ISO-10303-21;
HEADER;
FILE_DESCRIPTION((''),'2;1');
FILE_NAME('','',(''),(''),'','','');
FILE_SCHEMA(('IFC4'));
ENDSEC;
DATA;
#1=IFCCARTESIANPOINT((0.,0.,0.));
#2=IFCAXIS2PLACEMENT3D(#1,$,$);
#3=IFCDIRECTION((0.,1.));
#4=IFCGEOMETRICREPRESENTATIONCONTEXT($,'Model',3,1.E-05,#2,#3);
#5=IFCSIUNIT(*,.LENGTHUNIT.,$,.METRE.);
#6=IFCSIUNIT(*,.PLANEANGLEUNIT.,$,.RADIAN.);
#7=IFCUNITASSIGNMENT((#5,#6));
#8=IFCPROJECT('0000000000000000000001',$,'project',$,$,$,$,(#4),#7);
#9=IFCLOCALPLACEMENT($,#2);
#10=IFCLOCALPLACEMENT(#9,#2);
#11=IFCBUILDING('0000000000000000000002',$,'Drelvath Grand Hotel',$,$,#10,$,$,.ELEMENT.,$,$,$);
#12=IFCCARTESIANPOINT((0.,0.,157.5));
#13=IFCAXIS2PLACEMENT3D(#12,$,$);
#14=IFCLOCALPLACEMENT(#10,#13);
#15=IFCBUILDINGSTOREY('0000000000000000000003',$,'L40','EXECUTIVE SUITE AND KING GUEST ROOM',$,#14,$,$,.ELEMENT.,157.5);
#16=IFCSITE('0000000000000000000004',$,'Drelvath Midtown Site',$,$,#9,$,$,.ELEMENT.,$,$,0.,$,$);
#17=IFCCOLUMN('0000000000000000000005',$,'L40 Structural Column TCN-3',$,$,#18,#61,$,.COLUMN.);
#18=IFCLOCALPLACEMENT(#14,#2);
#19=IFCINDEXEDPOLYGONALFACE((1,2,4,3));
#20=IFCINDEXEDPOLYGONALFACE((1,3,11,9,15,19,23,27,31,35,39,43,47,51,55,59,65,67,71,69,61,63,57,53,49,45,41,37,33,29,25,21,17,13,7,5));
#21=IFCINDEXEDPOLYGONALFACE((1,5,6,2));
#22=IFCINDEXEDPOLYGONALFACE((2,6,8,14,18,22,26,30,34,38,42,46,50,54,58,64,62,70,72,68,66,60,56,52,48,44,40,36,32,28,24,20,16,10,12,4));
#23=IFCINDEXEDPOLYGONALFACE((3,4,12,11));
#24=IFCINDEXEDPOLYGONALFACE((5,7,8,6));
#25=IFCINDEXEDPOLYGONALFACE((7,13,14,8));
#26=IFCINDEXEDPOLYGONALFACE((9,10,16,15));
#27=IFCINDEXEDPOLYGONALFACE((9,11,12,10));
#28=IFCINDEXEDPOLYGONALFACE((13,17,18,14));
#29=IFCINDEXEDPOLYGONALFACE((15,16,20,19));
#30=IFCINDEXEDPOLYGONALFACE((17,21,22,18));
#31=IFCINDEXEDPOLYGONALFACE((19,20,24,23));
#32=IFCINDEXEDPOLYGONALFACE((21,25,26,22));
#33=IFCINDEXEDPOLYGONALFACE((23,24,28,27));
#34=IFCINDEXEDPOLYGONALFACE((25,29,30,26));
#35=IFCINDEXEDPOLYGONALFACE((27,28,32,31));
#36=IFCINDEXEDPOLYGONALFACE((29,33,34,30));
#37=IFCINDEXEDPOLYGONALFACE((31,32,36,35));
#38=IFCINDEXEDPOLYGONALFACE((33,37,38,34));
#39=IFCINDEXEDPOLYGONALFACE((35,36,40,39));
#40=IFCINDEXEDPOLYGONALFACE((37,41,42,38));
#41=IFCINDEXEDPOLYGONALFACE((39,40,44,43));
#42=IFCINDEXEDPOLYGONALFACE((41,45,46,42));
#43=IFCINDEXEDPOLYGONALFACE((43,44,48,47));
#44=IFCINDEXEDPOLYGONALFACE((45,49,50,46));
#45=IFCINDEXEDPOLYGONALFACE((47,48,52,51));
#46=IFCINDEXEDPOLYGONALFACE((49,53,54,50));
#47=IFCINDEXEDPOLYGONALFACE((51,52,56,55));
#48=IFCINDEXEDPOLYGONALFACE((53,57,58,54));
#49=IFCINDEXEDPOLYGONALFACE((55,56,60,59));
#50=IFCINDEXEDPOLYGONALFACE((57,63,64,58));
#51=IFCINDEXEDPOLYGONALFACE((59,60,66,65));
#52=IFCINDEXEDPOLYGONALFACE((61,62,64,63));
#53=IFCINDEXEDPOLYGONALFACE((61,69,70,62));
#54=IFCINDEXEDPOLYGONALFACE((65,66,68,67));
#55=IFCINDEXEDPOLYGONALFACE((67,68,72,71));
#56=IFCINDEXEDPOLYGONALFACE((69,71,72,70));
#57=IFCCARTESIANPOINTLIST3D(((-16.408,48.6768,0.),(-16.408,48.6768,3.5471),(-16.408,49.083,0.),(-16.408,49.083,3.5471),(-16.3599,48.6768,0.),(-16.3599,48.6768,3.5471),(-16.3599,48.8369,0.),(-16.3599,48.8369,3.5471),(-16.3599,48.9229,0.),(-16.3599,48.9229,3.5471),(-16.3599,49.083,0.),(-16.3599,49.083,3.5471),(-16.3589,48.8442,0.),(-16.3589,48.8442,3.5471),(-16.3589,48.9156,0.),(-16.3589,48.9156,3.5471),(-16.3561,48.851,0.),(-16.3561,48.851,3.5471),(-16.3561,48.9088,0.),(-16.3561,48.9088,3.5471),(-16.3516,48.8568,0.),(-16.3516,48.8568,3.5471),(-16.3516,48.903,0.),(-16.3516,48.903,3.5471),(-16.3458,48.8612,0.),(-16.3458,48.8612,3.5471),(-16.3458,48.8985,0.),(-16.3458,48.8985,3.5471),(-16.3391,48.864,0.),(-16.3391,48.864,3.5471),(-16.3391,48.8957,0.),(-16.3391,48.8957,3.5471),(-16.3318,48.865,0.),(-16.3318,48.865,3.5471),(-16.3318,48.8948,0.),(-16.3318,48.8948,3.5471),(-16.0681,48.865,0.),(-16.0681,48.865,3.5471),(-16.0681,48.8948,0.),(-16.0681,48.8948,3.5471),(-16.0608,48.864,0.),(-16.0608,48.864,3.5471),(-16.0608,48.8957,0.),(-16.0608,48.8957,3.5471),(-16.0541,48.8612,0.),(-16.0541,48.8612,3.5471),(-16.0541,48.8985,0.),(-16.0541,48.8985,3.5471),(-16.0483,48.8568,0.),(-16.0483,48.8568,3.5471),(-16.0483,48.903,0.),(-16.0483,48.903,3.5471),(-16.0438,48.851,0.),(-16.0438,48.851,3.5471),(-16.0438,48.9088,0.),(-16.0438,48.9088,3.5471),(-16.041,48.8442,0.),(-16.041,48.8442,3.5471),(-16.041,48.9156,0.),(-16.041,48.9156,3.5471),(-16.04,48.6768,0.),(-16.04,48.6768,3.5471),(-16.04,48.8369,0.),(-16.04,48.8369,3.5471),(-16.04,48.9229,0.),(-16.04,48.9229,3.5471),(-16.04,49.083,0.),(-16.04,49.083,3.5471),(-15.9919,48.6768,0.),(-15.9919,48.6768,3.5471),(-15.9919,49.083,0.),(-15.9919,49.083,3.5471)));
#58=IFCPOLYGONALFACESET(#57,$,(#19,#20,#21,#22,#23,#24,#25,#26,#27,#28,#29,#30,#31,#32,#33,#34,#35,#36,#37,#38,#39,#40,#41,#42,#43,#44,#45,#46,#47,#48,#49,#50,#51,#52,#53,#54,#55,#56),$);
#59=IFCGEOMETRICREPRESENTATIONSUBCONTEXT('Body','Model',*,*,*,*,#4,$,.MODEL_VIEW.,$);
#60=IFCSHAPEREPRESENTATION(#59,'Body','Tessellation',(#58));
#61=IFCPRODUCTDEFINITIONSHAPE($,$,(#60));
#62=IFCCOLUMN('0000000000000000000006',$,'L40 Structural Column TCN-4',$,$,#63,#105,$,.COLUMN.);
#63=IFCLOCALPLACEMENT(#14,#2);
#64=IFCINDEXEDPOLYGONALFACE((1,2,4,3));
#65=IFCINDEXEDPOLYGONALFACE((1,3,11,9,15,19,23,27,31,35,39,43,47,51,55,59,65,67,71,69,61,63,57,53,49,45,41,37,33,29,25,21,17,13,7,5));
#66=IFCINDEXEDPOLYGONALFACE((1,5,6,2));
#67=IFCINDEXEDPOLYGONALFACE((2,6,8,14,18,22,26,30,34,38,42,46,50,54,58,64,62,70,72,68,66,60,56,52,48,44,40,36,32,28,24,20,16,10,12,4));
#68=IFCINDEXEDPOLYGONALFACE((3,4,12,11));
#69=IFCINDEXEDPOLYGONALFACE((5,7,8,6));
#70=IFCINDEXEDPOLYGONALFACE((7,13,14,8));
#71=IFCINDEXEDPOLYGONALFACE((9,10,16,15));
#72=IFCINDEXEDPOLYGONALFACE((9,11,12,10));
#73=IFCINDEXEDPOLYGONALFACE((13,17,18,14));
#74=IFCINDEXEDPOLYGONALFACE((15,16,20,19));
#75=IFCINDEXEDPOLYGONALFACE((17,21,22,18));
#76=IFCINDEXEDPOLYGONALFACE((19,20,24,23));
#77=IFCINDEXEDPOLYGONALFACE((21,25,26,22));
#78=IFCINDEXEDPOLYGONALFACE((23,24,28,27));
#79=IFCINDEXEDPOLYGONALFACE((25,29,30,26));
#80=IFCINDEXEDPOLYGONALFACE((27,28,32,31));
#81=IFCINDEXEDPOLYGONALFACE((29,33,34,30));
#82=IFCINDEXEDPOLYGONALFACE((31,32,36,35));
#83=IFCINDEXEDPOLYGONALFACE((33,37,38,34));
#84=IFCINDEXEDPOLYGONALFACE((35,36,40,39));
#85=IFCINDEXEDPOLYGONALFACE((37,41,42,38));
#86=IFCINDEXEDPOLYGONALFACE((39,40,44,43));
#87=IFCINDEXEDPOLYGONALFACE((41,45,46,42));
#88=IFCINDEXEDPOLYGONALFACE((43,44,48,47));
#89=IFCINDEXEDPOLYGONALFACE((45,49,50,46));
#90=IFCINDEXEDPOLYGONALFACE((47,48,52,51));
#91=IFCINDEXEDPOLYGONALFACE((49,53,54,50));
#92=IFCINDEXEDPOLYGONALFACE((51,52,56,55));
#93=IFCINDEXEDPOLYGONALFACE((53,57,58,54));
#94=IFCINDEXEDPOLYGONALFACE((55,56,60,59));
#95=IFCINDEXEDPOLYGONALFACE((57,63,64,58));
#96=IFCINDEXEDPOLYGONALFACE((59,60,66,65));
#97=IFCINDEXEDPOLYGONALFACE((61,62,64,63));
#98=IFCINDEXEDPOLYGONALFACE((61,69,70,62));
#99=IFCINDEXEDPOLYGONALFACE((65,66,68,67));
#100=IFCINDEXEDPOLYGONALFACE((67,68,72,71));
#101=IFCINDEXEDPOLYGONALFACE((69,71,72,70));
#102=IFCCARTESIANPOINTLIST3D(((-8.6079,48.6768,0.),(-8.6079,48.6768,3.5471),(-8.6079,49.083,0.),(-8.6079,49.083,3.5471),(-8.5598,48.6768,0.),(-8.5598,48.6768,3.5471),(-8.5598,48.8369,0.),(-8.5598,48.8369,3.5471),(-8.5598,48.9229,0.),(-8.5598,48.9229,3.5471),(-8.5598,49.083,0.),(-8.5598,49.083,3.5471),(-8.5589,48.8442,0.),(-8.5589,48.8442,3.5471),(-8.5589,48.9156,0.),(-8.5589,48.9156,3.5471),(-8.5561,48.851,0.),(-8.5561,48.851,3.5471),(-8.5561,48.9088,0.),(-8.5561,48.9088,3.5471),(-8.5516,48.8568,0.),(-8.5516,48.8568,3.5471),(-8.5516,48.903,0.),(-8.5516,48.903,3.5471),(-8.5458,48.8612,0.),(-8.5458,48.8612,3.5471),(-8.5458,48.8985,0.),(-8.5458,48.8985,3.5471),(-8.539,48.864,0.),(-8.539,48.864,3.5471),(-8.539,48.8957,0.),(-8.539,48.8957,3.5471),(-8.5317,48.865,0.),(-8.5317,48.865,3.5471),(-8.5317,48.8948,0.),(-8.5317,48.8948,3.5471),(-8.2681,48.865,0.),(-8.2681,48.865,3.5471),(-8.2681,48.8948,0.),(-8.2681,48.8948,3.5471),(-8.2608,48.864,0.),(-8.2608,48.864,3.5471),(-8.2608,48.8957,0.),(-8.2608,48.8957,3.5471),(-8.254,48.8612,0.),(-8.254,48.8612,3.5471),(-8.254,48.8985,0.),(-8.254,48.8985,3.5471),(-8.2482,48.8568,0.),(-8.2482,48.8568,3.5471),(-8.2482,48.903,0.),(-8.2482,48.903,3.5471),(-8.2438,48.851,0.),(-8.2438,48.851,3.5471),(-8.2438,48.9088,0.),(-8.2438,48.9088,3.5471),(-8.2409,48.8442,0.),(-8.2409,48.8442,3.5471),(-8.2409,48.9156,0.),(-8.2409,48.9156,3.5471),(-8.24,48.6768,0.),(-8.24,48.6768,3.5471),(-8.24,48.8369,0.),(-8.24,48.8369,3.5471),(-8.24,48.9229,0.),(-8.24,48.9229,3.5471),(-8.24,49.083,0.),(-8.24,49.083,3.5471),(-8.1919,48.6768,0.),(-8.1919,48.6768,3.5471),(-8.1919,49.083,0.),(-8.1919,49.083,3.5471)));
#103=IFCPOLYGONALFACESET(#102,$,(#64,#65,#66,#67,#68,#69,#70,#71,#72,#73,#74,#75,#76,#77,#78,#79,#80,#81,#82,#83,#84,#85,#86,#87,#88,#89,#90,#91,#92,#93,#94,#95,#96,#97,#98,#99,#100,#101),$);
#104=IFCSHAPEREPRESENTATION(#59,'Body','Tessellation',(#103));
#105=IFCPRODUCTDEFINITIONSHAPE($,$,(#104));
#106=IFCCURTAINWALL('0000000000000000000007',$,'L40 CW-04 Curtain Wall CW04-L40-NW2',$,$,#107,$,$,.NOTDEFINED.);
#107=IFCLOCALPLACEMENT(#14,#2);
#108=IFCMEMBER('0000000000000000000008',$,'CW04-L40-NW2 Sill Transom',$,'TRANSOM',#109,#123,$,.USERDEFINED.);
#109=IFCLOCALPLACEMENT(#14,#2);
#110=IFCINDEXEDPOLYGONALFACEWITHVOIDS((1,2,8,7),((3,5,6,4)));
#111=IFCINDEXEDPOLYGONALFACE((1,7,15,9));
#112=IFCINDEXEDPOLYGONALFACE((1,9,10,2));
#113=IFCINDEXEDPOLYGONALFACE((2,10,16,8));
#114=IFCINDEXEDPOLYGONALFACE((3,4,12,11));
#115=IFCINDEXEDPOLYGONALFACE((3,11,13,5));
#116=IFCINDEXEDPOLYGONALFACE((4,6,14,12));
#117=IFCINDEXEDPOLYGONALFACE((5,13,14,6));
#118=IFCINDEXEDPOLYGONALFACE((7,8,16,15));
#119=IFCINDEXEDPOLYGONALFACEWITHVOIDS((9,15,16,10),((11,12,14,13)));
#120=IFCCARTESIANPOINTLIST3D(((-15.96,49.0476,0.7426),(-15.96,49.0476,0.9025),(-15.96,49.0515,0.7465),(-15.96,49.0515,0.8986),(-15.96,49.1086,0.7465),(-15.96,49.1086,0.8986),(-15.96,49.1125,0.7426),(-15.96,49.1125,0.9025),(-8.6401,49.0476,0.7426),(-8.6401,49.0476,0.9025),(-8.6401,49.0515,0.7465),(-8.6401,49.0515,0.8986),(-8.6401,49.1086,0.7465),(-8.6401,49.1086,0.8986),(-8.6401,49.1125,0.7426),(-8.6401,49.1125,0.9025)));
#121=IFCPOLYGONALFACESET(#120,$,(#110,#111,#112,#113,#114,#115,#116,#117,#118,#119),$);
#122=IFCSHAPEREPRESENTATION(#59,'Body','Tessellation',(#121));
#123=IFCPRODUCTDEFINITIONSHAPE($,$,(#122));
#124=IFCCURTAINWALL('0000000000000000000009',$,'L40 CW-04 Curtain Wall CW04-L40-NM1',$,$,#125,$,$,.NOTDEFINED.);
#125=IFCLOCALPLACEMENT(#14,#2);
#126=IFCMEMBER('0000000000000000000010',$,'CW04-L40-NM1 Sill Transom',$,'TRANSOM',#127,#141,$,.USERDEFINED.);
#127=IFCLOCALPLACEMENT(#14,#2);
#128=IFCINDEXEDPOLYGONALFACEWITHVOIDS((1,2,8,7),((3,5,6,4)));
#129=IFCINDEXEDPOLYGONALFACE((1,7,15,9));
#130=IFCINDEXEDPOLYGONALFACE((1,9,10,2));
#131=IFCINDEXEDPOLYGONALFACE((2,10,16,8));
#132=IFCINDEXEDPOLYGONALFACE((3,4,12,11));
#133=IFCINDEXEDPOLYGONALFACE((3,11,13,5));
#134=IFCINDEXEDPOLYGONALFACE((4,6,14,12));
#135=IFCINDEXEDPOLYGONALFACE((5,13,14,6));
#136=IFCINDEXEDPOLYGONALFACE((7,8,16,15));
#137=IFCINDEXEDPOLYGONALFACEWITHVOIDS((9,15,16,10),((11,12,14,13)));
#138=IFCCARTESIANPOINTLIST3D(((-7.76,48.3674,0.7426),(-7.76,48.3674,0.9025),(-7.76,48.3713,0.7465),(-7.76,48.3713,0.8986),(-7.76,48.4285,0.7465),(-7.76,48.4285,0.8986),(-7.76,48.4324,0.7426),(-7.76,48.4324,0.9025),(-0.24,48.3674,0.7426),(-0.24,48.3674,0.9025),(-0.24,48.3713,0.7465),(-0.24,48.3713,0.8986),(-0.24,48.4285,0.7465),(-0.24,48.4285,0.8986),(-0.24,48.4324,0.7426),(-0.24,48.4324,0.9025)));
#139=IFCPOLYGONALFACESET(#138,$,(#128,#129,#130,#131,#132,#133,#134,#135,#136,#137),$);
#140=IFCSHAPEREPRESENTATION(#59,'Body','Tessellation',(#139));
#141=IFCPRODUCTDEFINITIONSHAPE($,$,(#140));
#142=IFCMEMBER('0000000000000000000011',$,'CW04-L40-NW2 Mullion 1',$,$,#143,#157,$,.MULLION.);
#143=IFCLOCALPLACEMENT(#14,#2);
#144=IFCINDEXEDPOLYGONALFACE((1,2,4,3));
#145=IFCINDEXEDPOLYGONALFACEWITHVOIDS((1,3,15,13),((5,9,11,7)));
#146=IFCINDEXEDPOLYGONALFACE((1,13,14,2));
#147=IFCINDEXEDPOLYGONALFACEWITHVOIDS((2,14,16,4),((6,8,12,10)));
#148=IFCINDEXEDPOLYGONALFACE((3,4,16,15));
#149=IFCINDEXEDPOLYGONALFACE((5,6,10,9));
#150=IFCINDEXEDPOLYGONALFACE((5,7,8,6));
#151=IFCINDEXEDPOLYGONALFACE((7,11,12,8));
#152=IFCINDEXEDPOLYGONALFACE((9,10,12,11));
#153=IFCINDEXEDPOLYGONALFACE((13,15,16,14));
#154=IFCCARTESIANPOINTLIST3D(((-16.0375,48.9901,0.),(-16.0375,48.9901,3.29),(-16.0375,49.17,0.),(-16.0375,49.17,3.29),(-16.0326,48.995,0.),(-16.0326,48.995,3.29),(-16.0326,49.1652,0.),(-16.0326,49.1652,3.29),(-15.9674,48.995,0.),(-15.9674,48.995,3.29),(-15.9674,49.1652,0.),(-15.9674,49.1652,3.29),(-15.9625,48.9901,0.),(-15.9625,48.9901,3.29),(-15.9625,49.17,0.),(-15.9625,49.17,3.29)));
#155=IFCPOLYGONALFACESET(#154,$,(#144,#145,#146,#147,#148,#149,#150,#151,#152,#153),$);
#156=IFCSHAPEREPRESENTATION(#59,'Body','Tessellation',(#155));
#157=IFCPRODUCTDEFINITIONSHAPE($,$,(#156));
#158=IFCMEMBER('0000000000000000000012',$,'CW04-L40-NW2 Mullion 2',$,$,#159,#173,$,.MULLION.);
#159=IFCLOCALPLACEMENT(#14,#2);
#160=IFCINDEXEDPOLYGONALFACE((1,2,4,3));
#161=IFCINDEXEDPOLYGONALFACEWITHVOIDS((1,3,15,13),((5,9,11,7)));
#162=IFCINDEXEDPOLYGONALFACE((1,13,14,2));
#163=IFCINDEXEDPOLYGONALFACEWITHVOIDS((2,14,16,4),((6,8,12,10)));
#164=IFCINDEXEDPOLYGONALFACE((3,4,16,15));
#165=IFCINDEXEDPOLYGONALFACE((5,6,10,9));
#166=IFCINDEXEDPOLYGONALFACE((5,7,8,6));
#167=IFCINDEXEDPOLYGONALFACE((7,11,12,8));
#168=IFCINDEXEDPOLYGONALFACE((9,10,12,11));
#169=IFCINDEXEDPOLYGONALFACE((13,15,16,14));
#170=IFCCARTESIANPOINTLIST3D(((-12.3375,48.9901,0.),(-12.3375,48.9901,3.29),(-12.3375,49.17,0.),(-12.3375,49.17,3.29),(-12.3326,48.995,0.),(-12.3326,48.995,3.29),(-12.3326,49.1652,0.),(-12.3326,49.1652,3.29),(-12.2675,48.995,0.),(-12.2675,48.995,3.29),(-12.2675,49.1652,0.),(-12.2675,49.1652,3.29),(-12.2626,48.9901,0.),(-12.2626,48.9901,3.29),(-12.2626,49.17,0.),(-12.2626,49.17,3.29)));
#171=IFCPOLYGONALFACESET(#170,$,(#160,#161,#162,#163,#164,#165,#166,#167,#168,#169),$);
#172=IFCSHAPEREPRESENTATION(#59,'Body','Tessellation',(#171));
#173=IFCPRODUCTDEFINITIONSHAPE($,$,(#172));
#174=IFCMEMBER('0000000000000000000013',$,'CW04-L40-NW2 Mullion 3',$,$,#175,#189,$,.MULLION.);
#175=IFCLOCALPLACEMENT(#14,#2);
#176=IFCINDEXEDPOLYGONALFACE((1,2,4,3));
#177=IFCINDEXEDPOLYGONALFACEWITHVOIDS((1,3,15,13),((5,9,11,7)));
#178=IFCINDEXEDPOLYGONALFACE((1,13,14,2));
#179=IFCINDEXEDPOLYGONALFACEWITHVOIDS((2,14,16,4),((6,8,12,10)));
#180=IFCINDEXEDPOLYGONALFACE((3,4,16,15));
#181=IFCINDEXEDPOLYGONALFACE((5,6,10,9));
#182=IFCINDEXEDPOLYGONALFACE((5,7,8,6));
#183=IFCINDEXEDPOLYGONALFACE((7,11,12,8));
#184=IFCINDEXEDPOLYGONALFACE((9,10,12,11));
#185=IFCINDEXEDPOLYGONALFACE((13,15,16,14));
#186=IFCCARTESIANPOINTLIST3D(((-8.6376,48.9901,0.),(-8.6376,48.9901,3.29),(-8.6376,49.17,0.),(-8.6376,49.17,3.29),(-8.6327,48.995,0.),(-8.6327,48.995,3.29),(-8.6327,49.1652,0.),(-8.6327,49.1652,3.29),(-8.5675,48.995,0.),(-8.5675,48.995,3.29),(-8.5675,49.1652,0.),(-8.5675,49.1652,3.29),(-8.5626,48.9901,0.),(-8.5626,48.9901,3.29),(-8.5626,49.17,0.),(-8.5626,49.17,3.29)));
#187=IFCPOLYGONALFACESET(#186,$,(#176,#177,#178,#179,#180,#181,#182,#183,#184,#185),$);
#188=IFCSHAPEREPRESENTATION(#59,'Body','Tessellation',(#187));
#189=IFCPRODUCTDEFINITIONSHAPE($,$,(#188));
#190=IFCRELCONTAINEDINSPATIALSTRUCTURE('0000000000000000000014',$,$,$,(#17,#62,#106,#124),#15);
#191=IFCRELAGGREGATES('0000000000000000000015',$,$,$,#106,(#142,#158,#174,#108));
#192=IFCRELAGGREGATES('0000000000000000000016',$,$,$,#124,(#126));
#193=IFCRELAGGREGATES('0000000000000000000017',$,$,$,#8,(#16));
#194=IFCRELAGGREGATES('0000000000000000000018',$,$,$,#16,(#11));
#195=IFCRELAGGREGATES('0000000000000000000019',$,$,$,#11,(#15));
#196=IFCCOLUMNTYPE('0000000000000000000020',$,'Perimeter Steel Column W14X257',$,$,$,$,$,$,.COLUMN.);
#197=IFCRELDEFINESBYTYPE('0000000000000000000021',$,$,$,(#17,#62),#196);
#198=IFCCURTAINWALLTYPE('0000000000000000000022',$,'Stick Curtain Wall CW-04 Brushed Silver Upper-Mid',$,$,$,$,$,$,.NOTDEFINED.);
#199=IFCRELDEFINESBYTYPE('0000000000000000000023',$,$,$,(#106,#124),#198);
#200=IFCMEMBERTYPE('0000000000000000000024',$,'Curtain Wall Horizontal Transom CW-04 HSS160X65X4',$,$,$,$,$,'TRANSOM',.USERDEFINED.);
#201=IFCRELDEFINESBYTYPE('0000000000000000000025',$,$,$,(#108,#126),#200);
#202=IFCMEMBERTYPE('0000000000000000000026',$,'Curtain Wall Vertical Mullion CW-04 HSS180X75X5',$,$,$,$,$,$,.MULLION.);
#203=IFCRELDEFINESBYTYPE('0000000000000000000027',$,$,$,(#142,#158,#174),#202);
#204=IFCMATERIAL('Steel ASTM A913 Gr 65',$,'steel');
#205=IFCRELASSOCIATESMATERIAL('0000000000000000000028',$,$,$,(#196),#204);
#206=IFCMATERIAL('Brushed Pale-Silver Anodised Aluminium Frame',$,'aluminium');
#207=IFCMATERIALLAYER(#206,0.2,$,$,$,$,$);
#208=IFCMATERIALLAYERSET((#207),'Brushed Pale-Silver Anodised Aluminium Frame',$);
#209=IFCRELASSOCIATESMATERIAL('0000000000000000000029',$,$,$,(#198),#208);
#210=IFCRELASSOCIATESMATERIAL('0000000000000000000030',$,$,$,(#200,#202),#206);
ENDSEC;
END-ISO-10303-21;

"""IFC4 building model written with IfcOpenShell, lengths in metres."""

from ifc_helpers import new_model, si_unit, direction, frame, origin, origin_2d, place, context, subcontext, project, spatial, hollow_rectangle, i_section, extrude, material, layer, layer_set, material_profile, profile_set, type_object, element, aggregate, save


model = new_model("IFC4")

# Units and contexts
model_context = context("Model", 3, precision=1e-05, world=origin(), true_north=direction((0.0, 1.0)))
body_context = subcontext(model_context, "Body", "Model", "MODEL_VIEW")
ifc_project = project(units=[si_unit("LENGTHUNIT", "METRE"), si_unit("PLANEANGLEUNIT", "RADIAN")], contexts=[model_context])

# Site, building, storey
site_placement = place(None, origin())
site = spatial("IfcSite", under=ifc_project, at=site_placement, Name="Drelvath Midtown Site", CompositionType="ELEMENT", RefElevation=0.0)
building_placement = place(site_placement, origin())
building = spatial("IfcBuilding", under=site, at=building_placement, Name="Drelvath Grand Hotel", CompositionType="ELEMENT")
storey_placement = place(building_placement, frame((0.0, 0.0, 157.5)))
storey = spatial("IfcBuildingStorey", under=building, at=storey_placement, Name="L40", Description="EXECUTIVE SUITE AND KING GUEST ROOM", CompositionType="ELEMENT", Elevation=157.5)

# Columns
ifc_material_1 = material(Name="Steel ASTM A913 Gr 65", Category="steel")
ifc_material_profile_1 = material_profile(ifc_material_1, i_section(OverallWidth=0.4062, OverallDepth=0.416, WebThickness=0.0298, FlangeThickness=0.0481, FilletRadius=0.0281, at=origin_2d()), Name="W14X257")
ifc_profile_set_1 = profile_set([ifc_material_profile_1], Name="Steel ASTM A913 Gr 65")
column_type = type_object("IfcColumnType", Name="Perimeter Steel Column W14X257", PredefinedType="COLUMN", material=ifc_profile_set_1)
for number, where, z_axis, x_axis, name in (
    (1, (-16.2, 48.8799, 0.0), (0.0, 0.0, 1.0), (0.0, 1.0, 0.0), "L40 Structural Column TCN-3"),
    (2, (-8.3999, 48.8799, 0.0), (0.0, 0.0, 1.0), (0.0, 1.0, 0.0), "L40 Structural Column TCN-4"),
):
    element("IfcColumn", number, at=place(storey_placement, frame(where, z_axis=z_axis, x_axis=x_axis)), inside=storey, type_object=column_type, Name=name, PredefinedType="COLUMN", context=body_context, shape_type="SweptSolid", body=[
        extrude(i_section(OverallWidth=0.4062, OverallDepth=0.416, WebThickness=0.0298, FlangeThickness=0.0481, FilletRadius=0.0281, at=origin_2d()), origin(), (0.0, 0.0, 1.0), 3.5471),
    ])

# Curtain walls, members
ifc_material_2 = material(Name="Brushed Pale-Silver Anodised Aluminium Frame", Category="aluminium")
ifc_layer_1 = layer(ifc_material_2, 0.2)
ifc_layer_set_1 = layer_set([ifc_layer_1], Name="Brushed Pale-Silver Anodised Aluminium Frame")
curtain_wall_type = type_object("IfcCurtainWallType", Name="Stick Curtain Wall CW-04 Brushed Silver Upper-Mid", PredefinedType="NOTDEFINED", material=ifc_layer_set_1)
curtain_wall_1_placement = place(storey_placement, origin())
curtain_wall_1 = element("IfcCurtainWall", 3, at=curtain_wall_1_placement, inside=storey, type_object=curtain_wall_type, Name="L40 CW-04 Curtain Wall CW04-L40-NW2", PredefinedType="NOTDEFINED")
ifc_material_profile_2 = material_profile(ifc_material_2, hollow_rectangle(XDim=0.0649, YDim=0.1599, WallThickness=0.0039, at=origin_2d()), Name="HSS160X65X4")
ifc_profile_set_2 = profile_set([ifc_material_profile_2], Name="Brushed Pale-Silver Anodised Aluminium Frame")
member_type_1 = type_object("IfcMemberType", Name="Curtain Wall Horizontal Transom CW-04 HSS160X65X4", ElementType="TRANSOM", PredefinedType="USERDEFINED", material=ifc_profile_set_2)
member_1_placement = place(storey_placement, frame((-15.96, 49.0801, 0.8225), z_axis=(1.0, 0.0, 0.0), x_axis=(0.0, 1.0, 0.0)))
member_1 = element("IfcMember", 4, at=member_1_placement, type_object=member_type_1, Name="CW04-L40-NW2 Sill Transom", ObjectType="TRANSOM", PredefinedType="USERDEFINED", context=body_context, shape_type="SweptSolid", body=[
    extrude(hollow_rectangle(XDim=0.0649, YDim=0.1599, WallThickness=0.0039, at=origin_2d()), origin(), (0.0, 0.0, 1.0), 7.3198),
])
curtain_wall_2_placement = place(storey_placement, origin())
curtain_wall_2 = element("IfcCurtainWall", 5, at=curtain_wall_2_placement, inside=storey, type_object=curtain_wall_type, Name="L40 CW-04 Curtain Wall CW04-L40-NM1", PredefinedType="NOTDEFINED")
member_2_placement = place(storey_placement, frame((-7.76, 48.3999, 0.8225), z_axis=(1.0, 0.0, 0.0), x_axis=(0.0, 1.0, 0.0)))
member_2 = element("IfcMember", 6, at=member_2_placement, type_object=member_type_1, Name="CW04-L40-NM1 Sill Transom", ObjectType="TRANSOM", PredefinedType="USERDEFINED", context=body_context, shape_type="SweptSolid", body=[
    extrude(hollow_rectangle(XDim=0.0649, YDim=0.1599, WallThickness=0.0039, at=origin_2d()), origin(), (0.0, 0.0, 1.0), 7.52),
])

# Members
ifc_material_profile_3 = material_profile(ifc_material_2, hollow_rectangle(XDim=0.075, YDim=0.1799, WallThickness=0.0049, at=origin_2d()), Name="HSS180X75X5")
ifc_profile_set_3 = profile_set([ifc_material_profile_3], Name="Brushed Pale-Silver Anodised Aluminium Frame")
member_type_2 = type_object("IfcMemberType", Name="Curtain Wall Vertical Mullion CW-04 HSS180X75X5", PredefinedType="MULLION", material=ifc_profile_set_3)
member_3_placement = place(storey_placement, frame((-16.0, 49.0801, 0.0), z_axis=(0.0, 0.0, 1.0), x_axis=(1.0, 0.0, 0.0)))
member_3 = element("IfcMember", 7, at=member_3_placement, type_object=member_type_2, Name="CW04-L40-NW2 Mullion 1", PredefinedType="MULLION", context=body_context, shape_type="SweptSolid", body=[
    extrude(hollow_rectangle(XDim=0.075, YDim=0.1799, WallThickness=0.0049, at=origin_2d()), origin(), (0.0, 0.0, 1.0), 3.29),
])
member_4_placement = place(storey_placement, frame((-12.3, 49.0801, 0.0), z_axis=(0.0, 0.0, 1.0), x_axis=(1.0, 0.0, 0.0)))
member_4 = element("IfcMember", 8, at=member_4_placement, type_object=member_type_2, Name="CW04-L40-NW2 Mullion 2", PredefinedType="MULLION", context=body_context, shape_type="SweptSolid", body=[
    extrude(hollow_rectangle(XDim=0.075, YDim=0.1799, WallThickness=0.0049, at=origin_2d()), origin(), (0.0, 0.0, 1.0), 3.29),
])
member_5_placement = place(storey_placement, frame((-8.6001, 49.0801, 0.0), z_axis=(0.0, 0.0, 1.0), x_axis=(1.0, 0.0, 0.0)))
member_5 = element("IfcMember", 9, at=member_5_placement, type_object=member_type_2, Name="CW04-L40-NW2 Mullion 3", PredefinedType="MULLION", context=body_context, shape_type="SweptSolid", body=[
    extrude(hollow_rectangle(XDim=0.075, YDim=0.1799, WallThickness=0.0049, at=origin_2d()), origin(), (0.0, 0.0, 1.0), 3.29),
])

aggregate(curtain_wall_1, [member_3, member_4, member_5, member_1])
aggregate(curtain_wall_2, [member_2])

save(model, "model.ifc")
